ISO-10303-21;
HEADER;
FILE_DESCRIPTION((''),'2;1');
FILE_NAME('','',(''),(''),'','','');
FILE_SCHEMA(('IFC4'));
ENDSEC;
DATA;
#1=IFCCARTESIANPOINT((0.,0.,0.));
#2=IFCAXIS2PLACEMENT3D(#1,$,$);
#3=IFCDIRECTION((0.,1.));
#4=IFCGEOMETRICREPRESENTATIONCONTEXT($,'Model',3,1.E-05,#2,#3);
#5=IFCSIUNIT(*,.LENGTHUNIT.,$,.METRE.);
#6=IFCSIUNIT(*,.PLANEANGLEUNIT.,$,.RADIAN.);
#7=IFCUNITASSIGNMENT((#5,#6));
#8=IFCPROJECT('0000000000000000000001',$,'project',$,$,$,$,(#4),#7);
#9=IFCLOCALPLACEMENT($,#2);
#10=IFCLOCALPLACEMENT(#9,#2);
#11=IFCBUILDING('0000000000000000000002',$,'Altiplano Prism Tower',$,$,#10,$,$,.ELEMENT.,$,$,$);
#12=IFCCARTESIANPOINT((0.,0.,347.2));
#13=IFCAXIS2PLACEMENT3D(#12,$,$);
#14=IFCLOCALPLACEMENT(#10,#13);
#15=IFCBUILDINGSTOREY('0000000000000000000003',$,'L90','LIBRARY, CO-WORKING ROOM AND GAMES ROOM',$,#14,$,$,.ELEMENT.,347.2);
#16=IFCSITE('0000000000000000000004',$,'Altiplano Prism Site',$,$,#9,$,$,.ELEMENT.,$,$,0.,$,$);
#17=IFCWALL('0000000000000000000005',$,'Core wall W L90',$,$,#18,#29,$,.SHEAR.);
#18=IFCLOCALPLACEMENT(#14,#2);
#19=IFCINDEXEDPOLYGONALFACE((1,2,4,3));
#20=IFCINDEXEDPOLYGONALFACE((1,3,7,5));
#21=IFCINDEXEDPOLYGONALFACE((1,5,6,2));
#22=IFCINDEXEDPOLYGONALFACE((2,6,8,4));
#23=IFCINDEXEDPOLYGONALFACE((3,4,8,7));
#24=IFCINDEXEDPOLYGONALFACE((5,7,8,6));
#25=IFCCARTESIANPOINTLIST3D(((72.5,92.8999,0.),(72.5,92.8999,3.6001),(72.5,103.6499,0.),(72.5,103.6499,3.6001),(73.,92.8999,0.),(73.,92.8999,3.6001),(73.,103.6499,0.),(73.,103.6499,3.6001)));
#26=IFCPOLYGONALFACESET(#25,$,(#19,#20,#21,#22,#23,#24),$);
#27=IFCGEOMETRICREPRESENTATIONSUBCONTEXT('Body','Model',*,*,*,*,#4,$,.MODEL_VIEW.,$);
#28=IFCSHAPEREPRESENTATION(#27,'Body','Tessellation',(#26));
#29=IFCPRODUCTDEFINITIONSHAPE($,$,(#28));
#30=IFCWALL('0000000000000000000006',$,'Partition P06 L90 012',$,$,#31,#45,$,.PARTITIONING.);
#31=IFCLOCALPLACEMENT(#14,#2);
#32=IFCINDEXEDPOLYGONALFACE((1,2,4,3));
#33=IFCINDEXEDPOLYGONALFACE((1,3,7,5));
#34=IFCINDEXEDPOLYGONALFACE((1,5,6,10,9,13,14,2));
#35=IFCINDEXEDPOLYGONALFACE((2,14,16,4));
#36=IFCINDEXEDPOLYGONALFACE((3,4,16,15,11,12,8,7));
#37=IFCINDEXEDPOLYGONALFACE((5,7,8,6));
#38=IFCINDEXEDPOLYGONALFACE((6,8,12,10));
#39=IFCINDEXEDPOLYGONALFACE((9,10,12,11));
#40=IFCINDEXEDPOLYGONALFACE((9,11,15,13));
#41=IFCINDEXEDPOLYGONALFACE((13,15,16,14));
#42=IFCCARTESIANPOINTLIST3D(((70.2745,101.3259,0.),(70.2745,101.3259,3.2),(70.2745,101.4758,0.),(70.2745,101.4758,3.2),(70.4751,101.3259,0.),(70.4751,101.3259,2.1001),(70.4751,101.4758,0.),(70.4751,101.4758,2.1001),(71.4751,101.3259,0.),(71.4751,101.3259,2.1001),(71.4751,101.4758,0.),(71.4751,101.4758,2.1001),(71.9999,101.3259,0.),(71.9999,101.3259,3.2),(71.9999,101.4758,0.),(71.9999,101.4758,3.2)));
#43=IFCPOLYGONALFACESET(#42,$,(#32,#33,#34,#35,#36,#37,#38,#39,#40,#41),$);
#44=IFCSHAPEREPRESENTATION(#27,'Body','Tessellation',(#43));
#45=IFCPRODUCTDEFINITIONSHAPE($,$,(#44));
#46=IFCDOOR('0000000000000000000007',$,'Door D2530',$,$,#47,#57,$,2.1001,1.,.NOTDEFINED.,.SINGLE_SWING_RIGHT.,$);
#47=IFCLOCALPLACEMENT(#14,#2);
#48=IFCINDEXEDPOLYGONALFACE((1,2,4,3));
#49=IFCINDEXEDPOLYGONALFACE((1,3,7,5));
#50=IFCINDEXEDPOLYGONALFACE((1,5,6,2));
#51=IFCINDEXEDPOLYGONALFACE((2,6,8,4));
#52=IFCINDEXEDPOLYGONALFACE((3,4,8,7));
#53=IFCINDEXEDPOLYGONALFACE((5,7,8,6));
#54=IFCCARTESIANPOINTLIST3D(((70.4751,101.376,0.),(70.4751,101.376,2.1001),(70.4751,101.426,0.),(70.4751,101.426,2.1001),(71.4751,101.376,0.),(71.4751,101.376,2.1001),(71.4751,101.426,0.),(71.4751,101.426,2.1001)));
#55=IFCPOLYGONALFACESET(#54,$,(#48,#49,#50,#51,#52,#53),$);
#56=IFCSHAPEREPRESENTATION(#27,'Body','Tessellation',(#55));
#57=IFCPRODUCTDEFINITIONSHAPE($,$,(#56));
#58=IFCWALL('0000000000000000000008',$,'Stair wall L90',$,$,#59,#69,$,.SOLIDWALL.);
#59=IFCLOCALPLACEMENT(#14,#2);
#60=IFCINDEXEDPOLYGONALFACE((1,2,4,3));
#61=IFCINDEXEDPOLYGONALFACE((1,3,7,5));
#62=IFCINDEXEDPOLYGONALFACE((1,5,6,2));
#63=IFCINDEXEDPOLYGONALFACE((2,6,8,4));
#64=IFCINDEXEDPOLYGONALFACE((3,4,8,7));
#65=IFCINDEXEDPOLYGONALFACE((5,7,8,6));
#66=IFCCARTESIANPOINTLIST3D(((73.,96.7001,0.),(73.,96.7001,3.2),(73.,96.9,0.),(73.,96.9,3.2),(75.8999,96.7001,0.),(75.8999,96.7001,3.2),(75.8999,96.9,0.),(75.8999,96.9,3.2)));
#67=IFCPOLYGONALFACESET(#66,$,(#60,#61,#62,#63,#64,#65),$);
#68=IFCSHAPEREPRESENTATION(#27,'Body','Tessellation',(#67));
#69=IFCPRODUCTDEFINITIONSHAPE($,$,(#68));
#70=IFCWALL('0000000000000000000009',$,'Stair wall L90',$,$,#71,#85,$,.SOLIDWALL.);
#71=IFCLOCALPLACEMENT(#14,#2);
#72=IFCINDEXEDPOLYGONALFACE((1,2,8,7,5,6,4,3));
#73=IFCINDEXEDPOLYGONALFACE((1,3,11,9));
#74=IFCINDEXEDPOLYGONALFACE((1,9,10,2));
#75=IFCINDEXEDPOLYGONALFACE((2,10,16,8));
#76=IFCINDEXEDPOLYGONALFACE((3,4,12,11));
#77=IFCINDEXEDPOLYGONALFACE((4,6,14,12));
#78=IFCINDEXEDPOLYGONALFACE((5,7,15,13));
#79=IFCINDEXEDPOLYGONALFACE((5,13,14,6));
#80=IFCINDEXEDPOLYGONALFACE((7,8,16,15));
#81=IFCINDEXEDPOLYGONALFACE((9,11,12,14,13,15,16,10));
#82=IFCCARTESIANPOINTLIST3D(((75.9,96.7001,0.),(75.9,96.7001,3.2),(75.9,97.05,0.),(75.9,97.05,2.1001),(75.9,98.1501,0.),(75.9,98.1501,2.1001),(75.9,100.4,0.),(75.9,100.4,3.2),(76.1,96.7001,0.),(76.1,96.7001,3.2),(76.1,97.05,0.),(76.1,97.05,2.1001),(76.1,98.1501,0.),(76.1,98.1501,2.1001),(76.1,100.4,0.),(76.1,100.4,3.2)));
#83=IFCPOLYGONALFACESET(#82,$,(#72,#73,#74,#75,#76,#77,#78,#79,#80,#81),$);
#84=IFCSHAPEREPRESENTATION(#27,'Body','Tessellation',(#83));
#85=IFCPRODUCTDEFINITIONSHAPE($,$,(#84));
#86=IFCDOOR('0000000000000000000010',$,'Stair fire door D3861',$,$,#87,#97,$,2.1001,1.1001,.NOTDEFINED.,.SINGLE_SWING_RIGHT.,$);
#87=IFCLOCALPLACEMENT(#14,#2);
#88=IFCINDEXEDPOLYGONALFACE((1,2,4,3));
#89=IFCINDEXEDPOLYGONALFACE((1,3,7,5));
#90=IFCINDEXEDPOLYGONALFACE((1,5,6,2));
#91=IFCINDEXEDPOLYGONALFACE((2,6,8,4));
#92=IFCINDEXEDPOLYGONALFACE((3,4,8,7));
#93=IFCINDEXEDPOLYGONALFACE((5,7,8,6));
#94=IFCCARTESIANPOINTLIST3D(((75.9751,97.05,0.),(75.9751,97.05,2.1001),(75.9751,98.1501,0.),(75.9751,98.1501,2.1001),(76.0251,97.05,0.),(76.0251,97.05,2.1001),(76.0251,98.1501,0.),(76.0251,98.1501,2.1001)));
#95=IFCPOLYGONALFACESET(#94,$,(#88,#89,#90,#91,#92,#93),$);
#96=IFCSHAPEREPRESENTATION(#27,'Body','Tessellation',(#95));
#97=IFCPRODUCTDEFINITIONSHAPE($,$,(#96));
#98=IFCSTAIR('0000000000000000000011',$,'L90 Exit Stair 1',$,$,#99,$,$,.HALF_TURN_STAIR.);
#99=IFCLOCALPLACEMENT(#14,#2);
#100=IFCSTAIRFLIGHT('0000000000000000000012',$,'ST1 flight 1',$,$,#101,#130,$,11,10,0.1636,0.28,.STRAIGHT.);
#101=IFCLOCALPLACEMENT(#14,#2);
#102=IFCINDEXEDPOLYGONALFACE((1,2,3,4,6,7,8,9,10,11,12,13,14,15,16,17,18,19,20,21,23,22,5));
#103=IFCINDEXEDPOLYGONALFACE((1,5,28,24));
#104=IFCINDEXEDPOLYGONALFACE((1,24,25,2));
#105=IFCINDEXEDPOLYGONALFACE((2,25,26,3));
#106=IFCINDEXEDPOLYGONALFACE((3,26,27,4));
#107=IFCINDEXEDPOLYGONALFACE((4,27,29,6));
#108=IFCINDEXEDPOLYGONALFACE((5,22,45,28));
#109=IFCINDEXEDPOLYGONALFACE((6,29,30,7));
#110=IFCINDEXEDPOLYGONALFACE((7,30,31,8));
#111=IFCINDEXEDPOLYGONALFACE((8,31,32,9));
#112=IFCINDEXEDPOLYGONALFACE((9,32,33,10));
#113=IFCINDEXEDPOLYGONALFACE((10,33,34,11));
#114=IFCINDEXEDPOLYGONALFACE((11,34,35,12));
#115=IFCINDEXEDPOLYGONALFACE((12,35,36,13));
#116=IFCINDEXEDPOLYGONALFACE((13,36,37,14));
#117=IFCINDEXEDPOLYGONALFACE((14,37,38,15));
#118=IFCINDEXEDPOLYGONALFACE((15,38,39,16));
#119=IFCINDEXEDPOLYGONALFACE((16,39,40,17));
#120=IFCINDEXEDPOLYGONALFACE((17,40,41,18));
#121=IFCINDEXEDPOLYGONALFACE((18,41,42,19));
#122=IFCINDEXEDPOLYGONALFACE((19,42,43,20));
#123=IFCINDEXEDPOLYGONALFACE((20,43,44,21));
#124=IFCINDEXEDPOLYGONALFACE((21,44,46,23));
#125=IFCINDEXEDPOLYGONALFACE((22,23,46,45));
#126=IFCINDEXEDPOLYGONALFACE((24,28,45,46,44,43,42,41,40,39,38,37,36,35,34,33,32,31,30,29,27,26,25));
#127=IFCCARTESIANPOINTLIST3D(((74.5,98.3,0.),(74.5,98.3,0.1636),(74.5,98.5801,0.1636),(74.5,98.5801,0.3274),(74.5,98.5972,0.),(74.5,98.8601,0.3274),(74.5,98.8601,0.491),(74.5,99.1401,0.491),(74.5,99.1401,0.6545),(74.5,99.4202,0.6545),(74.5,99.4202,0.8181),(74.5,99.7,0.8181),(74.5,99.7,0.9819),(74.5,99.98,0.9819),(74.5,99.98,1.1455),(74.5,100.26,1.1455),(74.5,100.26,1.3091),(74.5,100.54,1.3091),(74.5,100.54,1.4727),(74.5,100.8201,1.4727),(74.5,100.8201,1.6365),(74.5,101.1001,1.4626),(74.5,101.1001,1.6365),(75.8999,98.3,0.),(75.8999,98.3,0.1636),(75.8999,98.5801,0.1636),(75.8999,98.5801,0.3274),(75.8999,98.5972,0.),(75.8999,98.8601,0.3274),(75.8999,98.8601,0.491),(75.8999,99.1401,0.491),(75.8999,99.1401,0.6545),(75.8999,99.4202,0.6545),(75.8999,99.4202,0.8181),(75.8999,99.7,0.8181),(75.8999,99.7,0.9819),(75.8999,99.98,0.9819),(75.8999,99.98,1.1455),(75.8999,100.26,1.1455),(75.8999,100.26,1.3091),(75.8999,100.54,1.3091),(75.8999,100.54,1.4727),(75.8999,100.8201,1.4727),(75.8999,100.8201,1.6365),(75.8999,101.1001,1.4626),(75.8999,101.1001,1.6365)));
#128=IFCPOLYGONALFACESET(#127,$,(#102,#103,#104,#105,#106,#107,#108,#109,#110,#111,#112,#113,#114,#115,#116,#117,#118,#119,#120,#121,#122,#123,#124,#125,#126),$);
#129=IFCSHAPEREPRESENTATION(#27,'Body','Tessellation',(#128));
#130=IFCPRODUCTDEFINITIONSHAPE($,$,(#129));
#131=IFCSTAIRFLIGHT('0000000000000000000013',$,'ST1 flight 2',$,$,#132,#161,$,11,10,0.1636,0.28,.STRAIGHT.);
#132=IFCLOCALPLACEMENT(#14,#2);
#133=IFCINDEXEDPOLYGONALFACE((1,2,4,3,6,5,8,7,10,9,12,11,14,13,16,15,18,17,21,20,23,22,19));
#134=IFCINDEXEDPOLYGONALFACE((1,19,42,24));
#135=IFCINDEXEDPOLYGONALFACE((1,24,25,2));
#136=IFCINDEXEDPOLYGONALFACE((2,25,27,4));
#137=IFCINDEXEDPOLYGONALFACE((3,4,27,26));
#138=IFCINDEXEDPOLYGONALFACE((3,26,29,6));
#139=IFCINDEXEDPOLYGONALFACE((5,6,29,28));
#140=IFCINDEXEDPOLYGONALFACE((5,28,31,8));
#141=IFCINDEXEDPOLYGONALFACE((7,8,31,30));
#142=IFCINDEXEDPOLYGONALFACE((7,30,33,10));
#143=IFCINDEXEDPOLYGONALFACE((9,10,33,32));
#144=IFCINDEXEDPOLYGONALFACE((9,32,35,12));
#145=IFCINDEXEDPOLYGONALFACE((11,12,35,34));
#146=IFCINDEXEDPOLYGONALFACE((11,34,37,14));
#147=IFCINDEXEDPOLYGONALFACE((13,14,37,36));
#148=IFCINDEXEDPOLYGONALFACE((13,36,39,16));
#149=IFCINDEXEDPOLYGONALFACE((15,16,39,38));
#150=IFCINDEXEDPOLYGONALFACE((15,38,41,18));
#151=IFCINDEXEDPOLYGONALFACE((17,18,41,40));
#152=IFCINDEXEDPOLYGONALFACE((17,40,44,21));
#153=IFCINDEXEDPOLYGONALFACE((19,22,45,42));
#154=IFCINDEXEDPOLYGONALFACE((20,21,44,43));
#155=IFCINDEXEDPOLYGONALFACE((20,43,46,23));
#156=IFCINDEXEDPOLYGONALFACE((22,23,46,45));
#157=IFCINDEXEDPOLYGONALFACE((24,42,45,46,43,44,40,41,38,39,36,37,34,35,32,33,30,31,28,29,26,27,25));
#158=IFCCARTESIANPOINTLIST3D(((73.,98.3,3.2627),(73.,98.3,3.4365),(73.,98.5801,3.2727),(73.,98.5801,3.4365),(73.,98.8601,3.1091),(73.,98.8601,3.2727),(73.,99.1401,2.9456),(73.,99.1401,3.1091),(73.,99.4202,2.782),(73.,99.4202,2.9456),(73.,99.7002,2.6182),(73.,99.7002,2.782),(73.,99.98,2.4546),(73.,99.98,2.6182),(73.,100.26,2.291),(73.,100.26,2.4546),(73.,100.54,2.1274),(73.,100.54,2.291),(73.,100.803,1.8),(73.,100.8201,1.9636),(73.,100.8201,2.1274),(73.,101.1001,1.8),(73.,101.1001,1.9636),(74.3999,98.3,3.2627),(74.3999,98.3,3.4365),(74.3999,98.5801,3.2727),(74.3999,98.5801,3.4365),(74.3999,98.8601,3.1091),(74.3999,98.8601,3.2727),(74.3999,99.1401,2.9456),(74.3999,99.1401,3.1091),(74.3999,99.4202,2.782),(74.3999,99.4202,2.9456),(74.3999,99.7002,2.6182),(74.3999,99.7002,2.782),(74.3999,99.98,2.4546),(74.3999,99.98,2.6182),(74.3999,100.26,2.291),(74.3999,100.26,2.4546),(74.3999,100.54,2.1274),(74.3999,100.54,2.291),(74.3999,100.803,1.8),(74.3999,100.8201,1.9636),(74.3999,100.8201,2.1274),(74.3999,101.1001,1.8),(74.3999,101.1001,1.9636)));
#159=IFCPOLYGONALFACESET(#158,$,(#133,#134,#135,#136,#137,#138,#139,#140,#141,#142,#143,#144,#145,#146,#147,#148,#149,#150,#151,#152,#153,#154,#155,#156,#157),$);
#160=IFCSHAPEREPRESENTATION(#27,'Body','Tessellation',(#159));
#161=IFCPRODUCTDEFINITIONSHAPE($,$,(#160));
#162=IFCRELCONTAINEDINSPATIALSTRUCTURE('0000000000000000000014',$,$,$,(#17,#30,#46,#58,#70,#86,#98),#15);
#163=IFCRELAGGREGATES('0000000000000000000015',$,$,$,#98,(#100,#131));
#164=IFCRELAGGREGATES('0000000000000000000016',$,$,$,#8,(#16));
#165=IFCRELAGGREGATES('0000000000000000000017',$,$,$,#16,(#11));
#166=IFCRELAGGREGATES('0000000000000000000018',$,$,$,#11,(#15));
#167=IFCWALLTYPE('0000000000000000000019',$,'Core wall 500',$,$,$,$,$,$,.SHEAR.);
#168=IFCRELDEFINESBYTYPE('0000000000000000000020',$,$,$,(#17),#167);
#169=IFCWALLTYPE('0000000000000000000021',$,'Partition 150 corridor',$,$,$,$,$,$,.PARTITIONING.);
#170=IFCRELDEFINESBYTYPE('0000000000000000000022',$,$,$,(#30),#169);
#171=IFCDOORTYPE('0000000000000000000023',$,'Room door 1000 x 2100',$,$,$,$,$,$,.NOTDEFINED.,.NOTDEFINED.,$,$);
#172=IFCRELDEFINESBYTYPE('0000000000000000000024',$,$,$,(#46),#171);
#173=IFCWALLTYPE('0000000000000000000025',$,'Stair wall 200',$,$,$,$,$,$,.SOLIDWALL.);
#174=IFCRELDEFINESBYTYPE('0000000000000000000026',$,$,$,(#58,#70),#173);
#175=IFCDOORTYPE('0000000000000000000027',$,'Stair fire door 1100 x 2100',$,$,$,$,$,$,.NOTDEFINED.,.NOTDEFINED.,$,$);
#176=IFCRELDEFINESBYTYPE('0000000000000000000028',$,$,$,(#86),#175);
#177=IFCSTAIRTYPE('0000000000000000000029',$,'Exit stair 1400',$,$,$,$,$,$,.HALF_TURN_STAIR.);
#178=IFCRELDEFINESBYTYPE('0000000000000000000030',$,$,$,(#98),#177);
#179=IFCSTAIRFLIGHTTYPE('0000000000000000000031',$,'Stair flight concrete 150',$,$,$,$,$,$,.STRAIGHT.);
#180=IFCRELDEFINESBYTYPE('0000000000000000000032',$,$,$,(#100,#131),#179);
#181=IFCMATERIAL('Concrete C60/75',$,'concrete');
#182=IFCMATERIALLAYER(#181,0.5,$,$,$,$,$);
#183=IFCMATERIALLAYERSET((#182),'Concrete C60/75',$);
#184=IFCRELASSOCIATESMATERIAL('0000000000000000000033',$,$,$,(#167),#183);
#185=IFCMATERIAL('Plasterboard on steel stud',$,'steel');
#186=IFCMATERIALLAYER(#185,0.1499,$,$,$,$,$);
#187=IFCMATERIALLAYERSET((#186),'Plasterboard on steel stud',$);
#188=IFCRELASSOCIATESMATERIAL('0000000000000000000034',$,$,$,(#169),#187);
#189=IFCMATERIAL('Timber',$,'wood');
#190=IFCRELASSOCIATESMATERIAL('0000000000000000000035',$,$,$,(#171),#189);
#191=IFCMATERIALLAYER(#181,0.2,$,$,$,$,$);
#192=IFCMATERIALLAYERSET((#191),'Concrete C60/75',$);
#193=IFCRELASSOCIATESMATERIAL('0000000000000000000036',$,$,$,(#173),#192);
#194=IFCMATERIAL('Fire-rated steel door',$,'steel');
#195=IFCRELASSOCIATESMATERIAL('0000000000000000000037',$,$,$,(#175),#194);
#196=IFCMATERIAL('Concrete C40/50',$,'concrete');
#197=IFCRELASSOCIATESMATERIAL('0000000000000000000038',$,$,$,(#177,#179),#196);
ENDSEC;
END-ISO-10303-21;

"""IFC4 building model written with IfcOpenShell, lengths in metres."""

from ifc_helpers import new_model, si_unit, direction, frame, frame_2d, origin, place, context, subcontext, project, spatial, polyline, rectangle, outline, extrude, material, layer, layer_set, type_object, element, fill, aggregate, save


model = new_model("IFC4")

# Units and contexts
model_context = context("Model", 3, precision=1e-05, world=origin(), true_north=direction((0.0, 1.0)))
body_context = subcontext(model_context, "Body", "Model", "MODEL_VIEW")
ifc_project = project(units=[si_unit("LENGTHUNIT", "METRE"), si_unit("PLANEANGLEUNIT", "RADIAN")], contexts=[model_context])

# Site, building, storey
site_placement = place(None, origin())
site = spatial("IfcSite", under=ifc_project, at=site_placement, Name="Altiplano Prism Site", CompositionType="ELEMENT", RefElevation=0.0)
building_placement = place(site_placement, origin())
building = spatial("IfcBuilding", under=site, at=building_placement, Name="Altiplano Prism Tower", CompositionType="ELEMENT")
storey_placement = place(building_placement, frame((0.0, 0.0, 347.2)))
storey = spatial("IfcBuildingStorey", under=building, at=storey_placement, Name="L90", Description="LIBRARY, CO-WORKING ROOM AND GAMES ROOM", CompositionType="ELEMENT", Elevation=347.2)

# Wall
ifc_material_1 = material(Name="Concrete C60/75", Category="concrete")
ifc_layer_1 = layer(ifc_material_1, 0.5)
ifc_layer_set_1 = layer_set([ifc_layer_1], Name="Concrete C60/75")
wall_type_1 = type_object("IfcWallType", Name="Core wall 500", PredefinedType="SHEAR", material=ifc_layer_set_1)
wall_1_placement = place(storey_placement, frame((72.75, 103.6499, 0.0), z_axis=(0.0, 0.0, 1.0), x_axis=(0.0, -1.0, 0.0)))
element("IfcWall", 1, at=wall_1_placement, inside=storey, type_object=wall_type_1, Name="Core wall W L90", PredefinedType="SHEAR", context=body_context, shape_type="SweptSolid", body=[
    extrude(rectangle(XDim=10.75, YDim=0.5, at=frame_2d((5.375, 0.0))), origin(), (0.0, 0.0, 1.0), 3.6001),
])

# Wall, opening, door
ifc_material_2 = material(Name="Plasterboard on steel stud", Category="steel")
ifc_layer_2 = layer(ifc_material_2, 0.1499)
ifc_layer_set_2 = layer_set([ifc_layer_2], Name="Plasterboard on steel stud")
wall_type_2 = type_object("IfcWallType", Name="Partition 150 corridor", PredefinedType="PARTITIONING", material=ifc_layer_set_2)
wall_2_placement = place(storey_placement, frame((72.0, 101.4009, 0.0), z_axis=(0.0, 0.0, 1.0), x_axis=(-1.0, 0.0, 0.0)))
wall_2 = element("IfcWall", 2, at=wall_2_placement, inside=storey, type_object=wall_type_2, Name="Partition P06 L90 012", PredefinedType="PARTITIONING", context=body_context, shape_type="SweptSolid", body=[
    extrude(rectangle(XDim=1.7253, YDim=0.1499, at=frame_2d((0.8628, 0.0))), origin(), (0.0, 0.0, 1.0), 3.2),
])
opening_1_placement = place(wall_2_placement, frame((0.5249, 0.0, 0.0)))
opening_1 = element("IfcOpeningElement", 3, at=opening_1_placement, cuts=wall_2, PredefinedType="OPENING", context=body_context, shape_type="SweptSolid", body=[
    extrude(rectangle(XDim=1.0, YDim=2.1001, at=frame_2d((0.5, 1.05))), frame((0.0, 0.0854, 0.0), z_axis=(0.0, -1.0, 0.0), x_axis=(1.0, 0.0, 0.0)), (0.0, 0.0, 1.0), 0.1709),
])
ifc_material_3 = material(Name="Timber", Category="wood")
door_type_1 = type_object("IfcDoorType", Name="Room door 1000 x 2100", OperationType="NOTDEFINED", PredefinedType="NOTDEFINED", material=ifc_material_3)
door_1_placement = place(opening_1_placement, origin())
door_1 = element("IfcDoor", 4, at=door_1_placement, inside=storey, type_object=door_type_1, Name="Door D2530", OperationType="SINGLE_SWING_RIGHT", OverallHeight=2.1001, OverallWidth=1.0, PredefinedType="NOTDEFINED", context=body_context, shape_type="SweptSolid", body=[
    extrude(rectangle(XDim=1.0, YDim=2.1001, at=frame_2d((0.5, 1.05))), frame((0.0, 0.0249, 0.0), z_axis=(0.0, -1.0, 0.0), x_axis=(1.0, 0.0, 0.0)), (0.0, 0.0, 1.0), 0.05),
])
fill(opening_1, door_1)

# Wall
ifc_layer_3 = layer(ifc_material_1, 0.2)
ifc_layer_set_3 = layer_set([ifc_layer_3], Name="Concrete C60/75")
wall_type_3 = type_object("IfcWallType", Name="Stair wall 200", PredefinedType="SOLIDWALL", material=ifc_layer_set_3)
wall_3_placement = place(storey_placement, frame((73.0, 96.8, 0.0), z_axis=(0.0, 0.0, 1.0), x_axis=(1.0, 0.0, 0.0)))
element("IfcWall", 5, at=wall_3_placement, inside=storey, type_object=wall_type_3, Name="Stair wall L90", PredefinedType="SOLIDWALL", context=body_context, shape_type="SweptSolid", body=[
    extrude(rectangle(XDim=2.8999, YDim=0.2, at=frame_2d((1.45, 0.0))), origin(), (0.0, 0.0, 1.0), 3.2),
])

# Wall, opening, door
wall_4_placement = place(storey_placement, frame((76.0, 96.7, 0.0), z_axis=(0.0, 0.0, 1.0), x_axis=(0.0, 1.0, 0.0)))
wall_4 = element("IfcWall", 6, at=wall_4_placement, inside=storey, type_object=wall_type_3, Name="Stair wall L90", PredefinedType="SOLIDWALL", context=body_context, shape_type="SweptSolid", body=[
    extrude(rectangle(XDim=3.7, YDim=0.2, at=frame_2d((1.8501, 0.0))), origin(), (0.0, 0.0, 1.0), 3.2),
])
opening_2_placement = place(wall_4_placement, frame((0.3501, 0.0, 0.0)))
opening_2 = element("IfcOpeningElement", 7, at=opening_2_placement, cuts=wall_4, PredefinedType="OPENING", context=body_context, shape_type="SweptSolid", body=[
    extrude(rectangle(XDim=1.1001, YDim=2.1001, at=frame_2d((0.55, 1.05))), frame((0.0, 0.1104, 0.0), z_axis=(0.0, -1.0, 0.0), x_axis=(1.0, 0.0, 0.0)), (0.0, 0.0, 1.0), 0.2209),
])
ifc_material_4 = material(Name="Fire-rated steel door", Category="steel")
door_type_2 = type_object("IfcDoorType", Name="Stair fire door 1100 x 2100", OperationType="NOTDEFINED", PredefinedType="NOTDEFINED", material=ifc_material_4)
door_2_placement = place(opening_2_placement, origin())
door_2 = element("IfcDoor", 8, at=door_2_placement, inside=storey, type_object=door_type_2, Name="Stair fire door D3861", OperationType="SINGLE_SWING_RIGHT", OverallHeight=2.1001, OverallWidth=1.1001, PredefinedType="NOTDEFINED", context=body_context, shape_type="SweptSolid", body=[
    extrude(rectangle(XDim=1.1001, YDim=2.1001, at=frame_2d((0.55, 1.05))), frame((0.0, 0.0249, 0.0), z_axis=(0.0, -1.0, 0.0), x_axis=(1.0, 0.0, 0.0)), (0.0, 0.0, 1.0), 0.05),
])
fill(opening_2, door_2)

# Stair, stair flights
ifc_material_5 = material(Name="Concrete C40/50", Category="concrete")
stair_type = type_object("IfcStairType", Name="Exit stair 1400", PredefinedType="HALF_TURN_STAIR", material=ifc_material_5)
stair_placement = place(storey_placement, origin())
stair = element("IfcStair", 9, at=stair_placement, inside=storey, type_object=stair_type, Name="L90 Exit Stair 1", PredefinedType="HALF_TURN_STAIR")
stair_flight_type = type_object("IfcStairFlightType", Name="Stair flight concrete 150", PredefinedType="STRAIGHT", material=ifc_material_5)
stair_flight_1_placement = place(storey_placement, frame((75.2, 98.3, 0.0), z_axis=(0.0, 0.0, 1.0), x_axis=(0.0, 1.0, 0.0)))
stair_flight_1 = element("IfcStairFlight", 10, at=stair_flight_1_placement, type_object=stair_flight_type, Name="ST1 flight 1", NumberOfRisers=11, NumberOfTreads=10, PredefinedType="STRAIGHT", RiserHeight=0.1636, TreadLength=0.28, context=body_context, shape_type="SweptSolid", body=[
    extrude(outline(polyline([(0.0, 0.0), (0.0, 0.1636), (0.28, 0.1636), (0.28, 0.3274), (0.5601, 0.3274), (0.5601, 0.491), (0.8401, 0.491), (0.8401, 0.6545), (1.1201, 0.6545), (1.1201, 0.8181), (1.3999, 0.8181), (1.3999, 0.9819), (1.6799, 0.9819), (1.6799, 1.1455), (1.96, 1.1455), (1.96, 1.3091), (2.24, 1.3091), (2.24, 1.4727), (2.52, 1.4727), (2.52, 1.6365), (2.8, 1.6365), (2.8, 1.8), (2.8, 1.4626), (0.2971, 0.0), (0.0, 0.0)])), frame((0.0, 0.7, 0.0), z_axis=(0.0, -1.0, 0.0), x_axis=(1.0, 0.0, 0.0)), (0.0, 0.0, 1.0), 1.3999),
])
stair_flight_2_placement = place(storey_placement, frame((73.7, 101.1001, 1.8), z_axis=(0.0, 0.0, 1.0), x_axis=(0.0, -1.0, 0.0)))
stair_flight_2 = element("IfcStairFlight", 11, at=stair_flight_2_placement, type_object=stair_flight_type, Name="ST1 flight 2", NumberOfRisers=11, NumberOfTreads=10, PredefinedType="STRAIGHT", RiserHeight=0.1636, TreadLength=0.28, context=body_context, shape_type="SweptSolid", body=[
    extrude(outline(polyline([(0.0, 0.0), (0.0, 0.1636), (0.28, 0.1636), (0.28, 0.3274), (0.5601, 0.3274), (0.5601, 0.491), (0.8401, 0.491), (0.8401, 0.6545), (1.1201, 0.6545), (1.1201, 0.8181), (1.3999, 0.8181), (1.3999, 0.9819), (1.6799, 0.9819), (1.6799, 1.1455), (1.96, 1.1455), (1.96, 1.3091), (2.24, 1.3091), (2.24, 1.4727), (2.52, 1.4727), (2.52, 1.6365), (2.8, 1.6365), (2.8, 1.8), (2.8, 1.4626), (0.2971, 0.0), (0.0, 0.0)])), frame((0.0, 0.7, 0.0), z_axis=(0.0, -1.0, 0.0), x_axis=(1.0, 0.0, 0.0)), (0.0, 0.0, 1.0), 1.3999),
])
aggregate(stair, [stair_flight_1, stair_flight_2])

save(model, "model.ifc")
